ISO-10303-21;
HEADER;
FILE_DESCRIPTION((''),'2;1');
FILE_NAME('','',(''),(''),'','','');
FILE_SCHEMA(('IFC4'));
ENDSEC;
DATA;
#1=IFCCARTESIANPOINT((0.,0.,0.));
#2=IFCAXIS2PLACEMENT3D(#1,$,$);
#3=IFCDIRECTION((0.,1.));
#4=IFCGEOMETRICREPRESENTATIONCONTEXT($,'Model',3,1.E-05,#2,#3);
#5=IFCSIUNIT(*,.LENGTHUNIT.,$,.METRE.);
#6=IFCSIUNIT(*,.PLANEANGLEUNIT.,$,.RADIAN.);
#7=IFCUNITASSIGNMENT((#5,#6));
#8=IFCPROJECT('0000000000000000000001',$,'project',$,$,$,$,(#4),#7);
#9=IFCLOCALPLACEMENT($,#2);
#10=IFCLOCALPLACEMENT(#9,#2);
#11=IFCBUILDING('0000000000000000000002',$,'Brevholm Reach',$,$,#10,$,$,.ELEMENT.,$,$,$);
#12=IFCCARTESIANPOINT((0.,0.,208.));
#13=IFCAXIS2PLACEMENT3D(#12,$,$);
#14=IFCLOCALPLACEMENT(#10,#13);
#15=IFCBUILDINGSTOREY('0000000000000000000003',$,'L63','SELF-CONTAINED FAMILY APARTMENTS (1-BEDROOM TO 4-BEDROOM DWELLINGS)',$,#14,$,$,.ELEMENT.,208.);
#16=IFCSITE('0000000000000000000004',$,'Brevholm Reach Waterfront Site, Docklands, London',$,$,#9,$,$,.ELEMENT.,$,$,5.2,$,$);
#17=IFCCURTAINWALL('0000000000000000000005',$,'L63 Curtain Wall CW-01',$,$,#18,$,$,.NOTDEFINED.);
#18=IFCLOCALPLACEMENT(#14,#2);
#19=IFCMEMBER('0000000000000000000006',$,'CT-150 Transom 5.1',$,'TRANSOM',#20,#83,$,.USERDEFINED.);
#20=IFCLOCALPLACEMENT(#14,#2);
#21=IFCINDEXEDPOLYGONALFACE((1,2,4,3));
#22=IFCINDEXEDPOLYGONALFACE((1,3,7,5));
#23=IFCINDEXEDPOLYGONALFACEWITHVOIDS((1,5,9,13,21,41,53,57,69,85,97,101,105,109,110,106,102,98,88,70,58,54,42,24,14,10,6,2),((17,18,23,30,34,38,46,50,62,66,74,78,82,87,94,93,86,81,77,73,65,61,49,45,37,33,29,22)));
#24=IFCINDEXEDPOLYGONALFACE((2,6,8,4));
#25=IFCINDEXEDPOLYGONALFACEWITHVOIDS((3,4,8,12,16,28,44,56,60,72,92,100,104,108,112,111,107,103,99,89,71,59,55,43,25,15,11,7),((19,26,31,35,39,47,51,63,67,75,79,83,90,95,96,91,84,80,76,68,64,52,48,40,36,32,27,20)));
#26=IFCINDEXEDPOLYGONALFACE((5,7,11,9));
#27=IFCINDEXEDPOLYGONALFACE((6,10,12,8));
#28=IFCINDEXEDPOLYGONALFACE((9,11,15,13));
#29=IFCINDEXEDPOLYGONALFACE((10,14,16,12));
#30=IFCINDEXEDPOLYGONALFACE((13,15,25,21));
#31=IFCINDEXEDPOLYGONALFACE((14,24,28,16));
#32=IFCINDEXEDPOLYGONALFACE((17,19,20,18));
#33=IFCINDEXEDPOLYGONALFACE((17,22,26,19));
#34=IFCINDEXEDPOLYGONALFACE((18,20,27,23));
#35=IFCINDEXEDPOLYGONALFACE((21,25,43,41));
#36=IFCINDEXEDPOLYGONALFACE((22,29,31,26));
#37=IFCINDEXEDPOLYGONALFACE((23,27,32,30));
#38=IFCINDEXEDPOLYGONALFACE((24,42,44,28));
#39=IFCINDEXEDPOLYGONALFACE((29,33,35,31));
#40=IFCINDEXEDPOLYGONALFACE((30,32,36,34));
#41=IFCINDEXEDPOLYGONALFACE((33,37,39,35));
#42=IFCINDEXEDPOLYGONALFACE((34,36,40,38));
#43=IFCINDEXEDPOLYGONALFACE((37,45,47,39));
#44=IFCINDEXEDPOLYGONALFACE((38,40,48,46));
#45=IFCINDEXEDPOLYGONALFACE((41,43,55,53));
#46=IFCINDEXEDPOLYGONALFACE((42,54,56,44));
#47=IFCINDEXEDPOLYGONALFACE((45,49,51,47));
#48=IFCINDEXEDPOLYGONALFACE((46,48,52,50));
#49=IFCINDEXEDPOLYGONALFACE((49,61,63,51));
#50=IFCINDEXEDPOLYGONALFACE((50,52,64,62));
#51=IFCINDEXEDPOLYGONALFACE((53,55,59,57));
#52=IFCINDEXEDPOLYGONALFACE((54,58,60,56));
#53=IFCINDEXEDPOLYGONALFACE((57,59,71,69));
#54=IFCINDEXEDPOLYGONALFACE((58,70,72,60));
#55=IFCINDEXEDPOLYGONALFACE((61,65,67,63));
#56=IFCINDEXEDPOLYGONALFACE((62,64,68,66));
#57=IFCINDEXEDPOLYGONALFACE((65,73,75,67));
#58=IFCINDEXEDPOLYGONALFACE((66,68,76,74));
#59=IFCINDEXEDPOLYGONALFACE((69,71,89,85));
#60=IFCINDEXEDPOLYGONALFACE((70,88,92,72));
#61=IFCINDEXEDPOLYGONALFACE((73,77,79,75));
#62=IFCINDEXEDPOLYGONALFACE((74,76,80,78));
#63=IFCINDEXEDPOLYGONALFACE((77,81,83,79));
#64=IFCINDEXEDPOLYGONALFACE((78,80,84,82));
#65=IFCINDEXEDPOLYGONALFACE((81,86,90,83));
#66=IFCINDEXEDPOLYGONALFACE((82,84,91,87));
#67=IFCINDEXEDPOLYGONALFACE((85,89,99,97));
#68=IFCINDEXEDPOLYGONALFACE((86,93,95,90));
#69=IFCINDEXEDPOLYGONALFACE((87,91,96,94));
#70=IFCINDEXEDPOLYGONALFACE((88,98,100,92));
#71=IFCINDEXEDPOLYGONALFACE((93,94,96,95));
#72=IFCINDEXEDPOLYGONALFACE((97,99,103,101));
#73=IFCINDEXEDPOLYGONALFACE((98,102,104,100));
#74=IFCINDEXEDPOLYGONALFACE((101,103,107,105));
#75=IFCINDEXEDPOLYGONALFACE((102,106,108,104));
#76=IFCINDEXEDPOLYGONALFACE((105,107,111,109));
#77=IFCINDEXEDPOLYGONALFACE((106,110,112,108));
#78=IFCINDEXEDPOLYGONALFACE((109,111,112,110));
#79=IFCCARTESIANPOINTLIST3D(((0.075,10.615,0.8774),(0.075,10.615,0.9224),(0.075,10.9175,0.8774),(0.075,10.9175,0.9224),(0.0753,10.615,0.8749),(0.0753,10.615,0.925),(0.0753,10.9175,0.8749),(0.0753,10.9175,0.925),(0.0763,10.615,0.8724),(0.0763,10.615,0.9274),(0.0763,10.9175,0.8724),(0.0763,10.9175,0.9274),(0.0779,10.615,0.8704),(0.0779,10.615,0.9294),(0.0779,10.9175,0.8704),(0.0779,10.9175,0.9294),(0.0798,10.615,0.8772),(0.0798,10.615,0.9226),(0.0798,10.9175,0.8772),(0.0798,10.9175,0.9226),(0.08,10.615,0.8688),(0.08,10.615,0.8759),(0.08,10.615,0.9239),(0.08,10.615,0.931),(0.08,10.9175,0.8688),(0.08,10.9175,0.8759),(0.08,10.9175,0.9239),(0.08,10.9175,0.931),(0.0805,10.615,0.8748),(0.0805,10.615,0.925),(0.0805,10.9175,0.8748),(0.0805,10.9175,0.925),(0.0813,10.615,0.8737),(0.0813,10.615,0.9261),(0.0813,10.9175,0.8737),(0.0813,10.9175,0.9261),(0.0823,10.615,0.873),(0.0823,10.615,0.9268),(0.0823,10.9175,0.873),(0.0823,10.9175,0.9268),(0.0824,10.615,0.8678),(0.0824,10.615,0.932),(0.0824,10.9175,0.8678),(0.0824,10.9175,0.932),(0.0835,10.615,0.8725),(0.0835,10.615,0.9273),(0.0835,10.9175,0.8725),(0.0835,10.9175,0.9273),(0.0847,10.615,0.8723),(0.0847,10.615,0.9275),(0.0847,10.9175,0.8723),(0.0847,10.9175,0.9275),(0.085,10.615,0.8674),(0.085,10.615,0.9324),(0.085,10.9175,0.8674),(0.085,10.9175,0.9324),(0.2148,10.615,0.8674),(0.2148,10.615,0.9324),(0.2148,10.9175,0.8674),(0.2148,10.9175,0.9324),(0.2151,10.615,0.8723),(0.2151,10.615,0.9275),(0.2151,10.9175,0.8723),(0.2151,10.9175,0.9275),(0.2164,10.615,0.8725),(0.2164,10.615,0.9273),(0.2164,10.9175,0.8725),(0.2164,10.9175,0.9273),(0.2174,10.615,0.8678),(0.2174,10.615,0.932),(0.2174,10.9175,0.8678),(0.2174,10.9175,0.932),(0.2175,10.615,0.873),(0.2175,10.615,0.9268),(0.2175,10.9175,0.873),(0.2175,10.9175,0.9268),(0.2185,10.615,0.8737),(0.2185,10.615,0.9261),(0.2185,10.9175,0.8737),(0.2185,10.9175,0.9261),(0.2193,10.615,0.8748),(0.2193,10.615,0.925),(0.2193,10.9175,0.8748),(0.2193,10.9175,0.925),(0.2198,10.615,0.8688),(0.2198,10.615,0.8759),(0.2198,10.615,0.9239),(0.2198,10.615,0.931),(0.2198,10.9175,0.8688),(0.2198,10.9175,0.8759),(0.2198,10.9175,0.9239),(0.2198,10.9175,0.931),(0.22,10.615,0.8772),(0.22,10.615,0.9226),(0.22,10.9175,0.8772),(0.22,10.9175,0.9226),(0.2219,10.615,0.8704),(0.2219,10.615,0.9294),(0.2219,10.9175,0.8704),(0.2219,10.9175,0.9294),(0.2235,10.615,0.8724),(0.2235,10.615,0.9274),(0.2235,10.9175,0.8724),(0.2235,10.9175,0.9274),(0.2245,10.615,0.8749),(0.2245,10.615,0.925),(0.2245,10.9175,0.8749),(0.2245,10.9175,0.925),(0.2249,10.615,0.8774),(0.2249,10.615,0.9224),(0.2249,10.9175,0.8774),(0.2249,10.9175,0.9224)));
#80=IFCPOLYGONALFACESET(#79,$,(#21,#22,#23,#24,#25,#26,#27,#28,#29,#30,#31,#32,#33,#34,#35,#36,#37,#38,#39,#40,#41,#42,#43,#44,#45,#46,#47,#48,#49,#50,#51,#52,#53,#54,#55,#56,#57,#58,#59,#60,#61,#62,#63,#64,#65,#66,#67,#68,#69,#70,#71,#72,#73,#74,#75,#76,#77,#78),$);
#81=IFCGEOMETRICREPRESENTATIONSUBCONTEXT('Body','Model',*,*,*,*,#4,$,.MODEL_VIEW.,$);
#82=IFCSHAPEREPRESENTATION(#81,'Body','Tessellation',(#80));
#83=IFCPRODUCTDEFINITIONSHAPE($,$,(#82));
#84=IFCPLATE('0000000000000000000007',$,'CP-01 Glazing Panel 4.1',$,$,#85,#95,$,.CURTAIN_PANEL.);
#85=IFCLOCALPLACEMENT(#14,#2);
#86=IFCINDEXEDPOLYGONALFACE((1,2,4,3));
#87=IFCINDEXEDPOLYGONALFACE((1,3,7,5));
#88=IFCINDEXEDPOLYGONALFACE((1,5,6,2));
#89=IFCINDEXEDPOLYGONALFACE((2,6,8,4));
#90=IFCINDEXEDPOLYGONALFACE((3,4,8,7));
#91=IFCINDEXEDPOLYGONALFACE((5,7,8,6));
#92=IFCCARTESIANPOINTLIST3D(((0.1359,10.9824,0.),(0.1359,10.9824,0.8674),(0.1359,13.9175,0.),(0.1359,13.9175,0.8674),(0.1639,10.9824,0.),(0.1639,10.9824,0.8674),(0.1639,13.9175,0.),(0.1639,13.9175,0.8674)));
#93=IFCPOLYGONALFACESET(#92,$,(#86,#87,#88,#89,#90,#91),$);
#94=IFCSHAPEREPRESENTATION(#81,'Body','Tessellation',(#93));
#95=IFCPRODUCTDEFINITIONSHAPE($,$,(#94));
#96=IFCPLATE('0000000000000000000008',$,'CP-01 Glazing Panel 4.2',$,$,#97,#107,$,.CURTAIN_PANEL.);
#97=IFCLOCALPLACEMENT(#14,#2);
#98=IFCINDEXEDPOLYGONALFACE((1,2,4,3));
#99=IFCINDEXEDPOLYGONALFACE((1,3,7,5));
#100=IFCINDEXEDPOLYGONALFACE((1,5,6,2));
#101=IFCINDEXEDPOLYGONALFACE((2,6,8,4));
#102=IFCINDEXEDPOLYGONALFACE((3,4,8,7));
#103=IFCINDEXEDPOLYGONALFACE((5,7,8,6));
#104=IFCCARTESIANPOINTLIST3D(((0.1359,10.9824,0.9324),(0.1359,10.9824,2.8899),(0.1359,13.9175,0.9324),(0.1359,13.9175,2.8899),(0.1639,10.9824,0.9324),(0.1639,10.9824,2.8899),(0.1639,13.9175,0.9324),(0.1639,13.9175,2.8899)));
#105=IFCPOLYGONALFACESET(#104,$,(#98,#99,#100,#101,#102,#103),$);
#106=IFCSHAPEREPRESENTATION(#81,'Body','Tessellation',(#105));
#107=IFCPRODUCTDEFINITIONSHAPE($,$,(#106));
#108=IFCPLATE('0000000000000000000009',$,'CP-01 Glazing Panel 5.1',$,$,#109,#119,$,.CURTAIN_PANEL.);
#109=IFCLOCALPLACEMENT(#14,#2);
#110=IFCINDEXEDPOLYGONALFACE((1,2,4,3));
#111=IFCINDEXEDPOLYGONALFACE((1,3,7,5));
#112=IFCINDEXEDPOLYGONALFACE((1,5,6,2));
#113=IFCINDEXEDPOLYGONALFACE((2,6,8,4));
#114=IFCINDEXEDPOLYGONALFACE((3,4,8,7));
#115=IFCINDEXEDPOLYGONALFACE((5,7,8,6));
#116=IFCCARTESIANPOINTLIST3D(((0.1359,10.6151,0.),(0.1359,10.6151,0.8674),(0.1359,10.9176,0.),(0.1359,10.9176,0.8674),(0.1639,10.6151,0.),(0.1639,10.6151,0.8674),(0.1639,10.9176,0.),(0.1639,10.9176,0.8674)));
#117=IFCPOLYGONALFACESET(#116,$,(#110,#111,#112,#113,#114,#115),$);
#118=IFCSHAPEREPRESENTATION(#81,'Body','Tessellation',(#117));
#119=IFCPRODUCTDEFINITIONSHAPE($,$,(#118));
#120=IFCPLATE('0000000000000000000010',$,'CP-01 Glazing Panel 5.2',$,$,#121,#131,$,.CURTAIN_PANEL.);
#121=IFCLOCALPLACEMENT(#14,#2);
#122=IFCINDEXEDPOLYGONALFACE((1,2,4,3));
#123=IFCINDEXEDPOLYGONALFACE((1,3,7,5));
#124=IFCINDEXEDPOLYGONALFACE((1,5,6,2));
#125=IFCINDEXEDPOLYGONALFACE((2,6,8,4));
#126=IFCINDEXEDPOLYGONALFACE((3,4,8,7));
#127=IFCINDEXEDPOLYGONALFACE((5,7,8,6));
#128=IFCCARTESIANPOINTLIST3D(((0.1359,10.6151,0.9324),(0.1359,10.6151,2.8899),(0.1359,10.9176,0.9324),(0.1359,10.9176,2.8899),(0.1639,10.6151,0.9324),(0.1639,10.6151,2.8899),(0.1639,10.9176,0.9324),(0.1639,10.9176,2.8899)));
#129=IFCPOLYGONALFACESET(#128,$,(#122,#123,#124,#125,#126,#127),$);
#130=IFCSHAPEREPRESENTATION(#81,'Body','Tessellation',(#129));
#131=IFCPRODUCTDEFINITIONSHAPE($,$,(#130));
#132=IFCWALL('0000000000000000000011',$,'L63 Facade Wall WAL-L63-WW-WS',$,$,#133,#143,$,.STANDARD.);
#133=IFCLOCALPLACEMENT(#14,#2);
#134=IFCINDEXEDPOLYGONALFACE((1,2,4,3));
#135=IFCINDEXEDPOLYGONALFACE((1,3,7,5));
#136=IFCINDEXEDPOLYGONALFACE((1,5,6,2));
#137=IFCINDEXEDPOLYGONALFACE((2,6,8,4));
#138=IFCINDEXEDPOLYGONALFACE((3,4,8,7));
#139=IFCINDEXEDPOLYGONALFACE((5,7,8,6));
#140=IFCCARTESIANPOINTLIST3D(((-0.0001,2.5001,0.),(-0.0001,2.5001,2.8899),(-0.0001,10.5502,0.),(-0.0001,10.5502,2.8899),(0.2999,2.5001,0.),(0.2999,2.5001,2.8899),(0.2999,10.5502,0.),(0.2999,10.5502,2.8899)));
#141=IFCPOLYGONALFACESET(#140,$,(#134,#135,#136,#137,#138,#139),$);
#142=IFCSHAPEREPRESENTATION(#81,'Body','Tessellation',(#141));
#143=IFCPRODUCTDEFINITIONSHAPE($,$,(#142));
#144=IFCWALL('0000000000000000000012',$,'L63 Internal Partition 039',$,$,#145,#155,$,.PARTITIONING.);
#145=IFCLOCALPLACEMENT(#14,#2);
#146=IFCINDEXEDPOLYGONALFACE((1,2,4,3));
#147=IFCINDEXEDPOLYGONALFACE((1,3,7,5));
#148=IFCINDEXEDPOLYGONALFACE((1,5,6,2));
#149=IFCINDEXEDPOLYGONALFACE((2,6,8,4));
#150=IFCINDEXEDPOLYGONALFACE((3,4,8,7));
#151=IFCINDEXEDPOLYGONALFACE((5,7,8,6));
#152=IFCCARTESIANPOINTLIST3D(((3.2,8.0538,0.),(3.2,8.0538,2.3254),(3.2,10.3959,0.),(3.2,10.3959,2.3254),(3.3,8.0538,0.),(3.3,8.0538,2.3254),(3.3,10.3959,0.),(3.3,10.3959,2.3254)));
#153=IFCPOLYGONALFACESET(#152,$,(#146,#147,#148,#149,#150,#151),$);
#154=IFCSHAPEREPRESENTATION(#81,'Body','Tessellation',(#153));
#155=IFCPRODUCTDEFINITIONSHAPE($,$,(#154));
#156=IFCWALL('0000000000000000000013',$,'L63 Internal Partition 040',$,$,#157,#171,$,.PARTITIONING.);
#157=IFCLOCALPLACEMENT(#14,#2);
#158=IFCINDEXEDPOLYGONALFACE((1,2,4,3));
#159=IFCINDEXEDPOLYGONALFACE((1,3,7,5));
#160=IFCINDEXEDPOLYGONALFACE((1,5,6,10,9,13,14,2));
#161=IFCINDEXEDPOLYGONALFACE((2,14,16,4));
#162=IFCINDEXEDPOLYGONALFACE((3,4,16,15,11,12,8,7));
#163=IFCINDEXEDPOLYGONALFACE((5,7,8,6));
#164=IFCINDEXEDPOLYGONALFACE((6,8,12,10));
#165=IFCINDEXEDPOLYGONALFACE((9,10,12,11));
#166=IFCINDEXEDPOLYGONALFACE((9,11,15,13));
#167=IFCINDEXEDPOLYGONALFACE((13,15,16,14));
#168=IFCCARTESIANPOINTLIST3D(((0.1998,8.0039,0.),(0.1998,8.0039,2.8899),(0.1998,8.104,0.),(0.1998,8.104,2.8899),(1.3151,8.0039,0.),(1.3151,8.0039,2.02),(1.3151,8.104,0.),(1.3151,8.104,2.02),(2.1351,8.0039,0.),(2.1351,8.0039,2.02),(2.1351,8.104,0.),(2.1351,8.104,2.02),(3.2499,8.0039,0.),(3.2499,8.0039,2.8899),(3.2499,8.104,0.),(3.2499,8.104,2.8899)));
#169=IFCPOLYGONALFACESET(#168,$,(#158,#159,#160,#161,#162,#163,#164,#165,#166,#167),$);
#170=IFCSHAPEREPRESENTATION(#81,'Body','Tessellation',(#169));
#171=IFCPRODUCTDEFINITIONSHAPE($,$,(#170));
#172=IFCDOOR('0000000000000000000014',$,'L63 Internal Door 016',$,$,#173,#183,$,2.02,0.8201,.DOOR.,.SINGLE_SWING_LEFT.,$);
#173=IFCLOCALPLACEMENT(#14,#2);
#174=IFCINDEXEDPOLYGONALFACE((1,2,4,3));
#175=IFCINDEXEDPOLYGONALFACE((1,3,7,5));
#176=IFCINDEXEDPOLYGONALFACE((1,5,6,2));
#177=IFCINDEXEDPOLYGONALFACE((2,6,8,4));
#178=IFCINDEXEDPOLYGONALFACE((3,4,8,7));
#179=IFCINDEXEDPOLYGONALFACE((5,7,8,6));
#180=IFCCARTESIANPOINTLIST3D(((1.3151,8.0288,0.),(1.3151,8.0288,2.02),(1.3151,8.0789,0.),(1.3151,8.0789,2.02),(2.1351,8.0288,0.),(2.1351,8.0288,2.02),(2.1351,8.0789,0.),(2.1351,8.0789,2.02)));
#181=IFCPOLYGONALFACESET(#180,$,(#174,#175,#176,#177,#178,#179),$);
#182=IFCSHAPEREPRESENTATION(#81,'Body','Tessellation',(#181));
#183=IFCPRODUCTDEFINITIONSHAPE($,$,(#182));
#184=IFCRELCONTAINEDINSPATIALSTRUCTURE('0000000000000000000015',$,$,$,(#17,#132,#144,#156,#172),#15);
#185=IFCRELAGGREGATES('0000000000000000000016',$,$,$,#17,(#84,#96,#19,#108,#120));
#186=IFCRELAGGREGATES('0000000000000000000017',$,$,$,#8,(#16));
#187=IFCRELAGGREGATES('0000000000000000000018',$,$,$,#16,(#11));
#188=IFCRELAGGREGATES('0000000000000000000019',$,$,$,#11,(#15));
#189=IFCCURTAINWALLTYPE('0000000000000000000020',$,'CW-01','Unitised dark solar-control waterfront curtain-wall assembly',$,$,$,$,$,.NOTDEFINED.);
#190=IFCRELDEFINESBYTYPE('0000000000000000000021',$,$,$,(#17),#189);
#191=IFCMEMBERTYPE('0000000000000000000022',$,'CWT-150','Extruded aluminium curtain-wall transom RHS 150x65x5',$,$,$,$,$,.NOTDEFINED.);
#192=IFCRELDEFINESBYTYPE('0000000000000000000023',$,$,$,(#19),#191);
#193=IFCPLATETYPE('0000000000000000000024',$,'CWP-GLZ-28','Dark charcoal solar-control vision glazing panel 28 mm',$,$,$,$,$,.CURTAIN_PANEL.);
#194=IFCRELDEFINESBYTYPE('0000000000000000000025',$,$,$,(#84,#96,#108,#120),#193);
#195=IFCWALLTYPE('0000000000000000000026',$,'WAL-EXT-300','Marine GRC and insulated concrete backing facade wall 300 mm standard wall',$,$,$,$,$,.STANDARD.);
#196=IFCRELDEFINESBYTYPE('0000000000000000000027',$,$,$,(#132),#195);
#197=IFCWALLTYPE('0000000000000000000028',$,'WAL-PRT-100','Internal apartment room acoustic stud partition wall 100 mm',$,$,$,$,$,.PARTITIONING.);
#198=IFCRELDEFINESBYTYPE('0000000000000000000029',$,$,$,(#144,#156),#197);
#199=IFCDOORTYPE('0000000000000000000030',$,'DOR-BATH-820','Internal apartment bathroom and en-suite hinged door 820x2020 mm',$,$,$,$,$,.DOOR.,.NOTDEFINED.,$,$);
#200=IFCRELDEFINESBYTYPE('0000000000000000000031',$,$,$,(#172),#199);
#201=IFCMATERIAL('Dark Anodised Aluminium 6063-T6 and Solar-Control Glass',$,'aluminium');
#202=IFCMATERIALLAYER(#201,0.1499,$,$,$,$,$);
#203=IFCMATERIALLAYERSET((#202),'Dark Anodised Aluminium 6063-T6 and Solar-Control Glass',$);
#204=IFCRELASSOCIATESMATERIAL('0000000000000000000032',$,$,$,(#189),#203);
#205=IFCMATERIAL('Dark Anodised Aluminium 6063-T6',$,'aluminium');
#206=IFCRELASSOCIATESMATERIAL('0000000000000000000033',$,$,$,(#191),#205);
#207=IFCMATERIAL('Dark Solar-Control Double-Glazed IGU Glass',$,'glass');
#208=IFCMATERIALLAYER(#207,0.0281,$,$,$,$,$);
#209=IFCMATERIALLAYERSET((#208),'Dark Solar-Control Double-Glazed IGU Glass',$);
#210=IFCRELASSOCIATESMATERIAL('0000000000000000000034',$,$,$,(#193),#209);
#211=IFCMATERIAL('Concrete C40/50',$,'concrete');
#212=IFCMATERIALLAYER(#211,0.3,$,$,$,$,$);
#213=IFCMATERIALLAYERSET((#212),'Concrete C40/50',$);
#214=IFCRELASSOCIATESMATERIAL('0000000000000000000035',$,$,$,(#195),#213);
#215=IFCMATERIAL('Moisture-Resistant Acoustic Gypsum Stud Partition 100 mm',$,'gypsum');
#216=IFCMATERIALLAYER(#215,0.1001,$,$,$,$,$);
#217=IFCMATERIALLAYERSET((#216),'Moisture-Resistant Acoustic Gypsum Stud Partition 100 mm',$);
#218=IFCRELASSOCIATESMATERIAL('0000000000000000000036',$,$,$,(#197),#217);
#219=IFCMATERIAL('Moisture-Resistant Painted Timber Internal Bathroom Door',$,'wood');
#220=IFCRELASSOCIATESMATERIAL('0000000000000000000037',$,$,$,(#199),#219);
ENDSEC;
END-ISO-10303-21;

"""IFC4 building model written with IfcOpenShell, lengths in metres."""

from ifc_helpers import new_model, si_unit, direction, frame, frame_2d, origin, origin_2d, place, context, subcontext, project, spatial, rectangle, hollow_rectangle, extrude, material, layer, layer_set, material_profile, profile_set, type_object, element, fill, aggregate, save


model = new_model("IFC4")

# Units and contexts
model_context = context("Model", 3, precision=1e-05, world=origin(), true_north=direction((0.0, 1.0)))
body_context = subcontext(model_context, "Body", "Model", "MODEL_VIEW")
ifc_project = project(units=[si_unit("LENGTHUNIT", "METRE"), si_unit("PLANEANGLEUNIT", "RADIAN")], contexts=[model_context])

# Site, building, storey
site_placement = place(None, origin())
site = spatial("IfcSite", under=ifc_project, at=site_placement, Name="Brevholm Reach Waterfront Site, Docklands, London", CompositionType="ELEMENT", RefElevation=5.2)
building_placement = place(site_placement, origin())
building = spatial("IfcBuilding", under=site, at=building_placement, Name="Brevholm Reach", CompositionType="ELEMENT")
storey_placement = place(building_placement, frame((0.0, 0.0, 208.0)))
storey = spatial("IfcBuildingStorey", under=building, at=storey_placement, Name="L63", Description="SELF-CONTAINED FAMILY APARTMENTS (1-BEDROOM TO 4-BEDROOM DWELLINGS)", CompositionType="ELEMENT", Elevation=208.0)

# Curtain wall, member, plates
ifc_material_1 = material(Name="Dark Anodised Aluminium 6063-T6 and Solar-Control Glass", Category="aluminium")
ifc_layer_1 = layer(ifc_material_1, 0.1499)
ifc_layer_set_1 = layer_set([ifc_layer_1], Name="Dark Anodised Aluminium 6063-T6 and Solar-Control Glass")
curtain_wall_type = type_object("IfcCurtainWallType", Name="CW-01", Description="Unitised dark solar-control waterfront curtain-wall assembly", PredefinedType="NOTDEFINED", material=ifc_layer_set_1)
curtain_wall_placement = place(storey_placement, origin())
curtain_wall = element("IfcCurtainWall", 1, at=curtain_wall_placement, inside=storey, type_object=curtain_wall_type, Name="L63 Curtain Wall CW-01", PredefinedType="NOTDEFINED")
ifc_material_2 = material(Name="Dark Anodised Aluminium 6063-T6", Category="aluminium")
ifc_material_profile_1 = material_profile(ifc_material_2, hollow_rectangle(XDim=0.0649, YDim=0.1499, WallThickness=0.0049, InnerFilletRadius=0.0049, OuterFilletRadius=0.01, at=origin_2d()), Name="RHS 150x65x5")
ifc_profile_set_1 = profile_set([ifc_material_profile_1], Name="Dark Anodised Aluminium 6063-T6")
member_type_1 = type_object("IfcMemberType", Name="CWT-150", Description="Extruded aluminium curtain-wall transom RHS 150x65x5", PredefinedType="NOTDEFINED", material=ifc_profile_set_1)
member_1_placement = place(storey_placement, frame((0.1499, 10.9175, 0.8999), z_axis=(0.0, -1.0, 0.0), x_axis=(0.0, 0.0, 1.0)))
member_1 = element("IfcMember", 2, at=member_1_placement, type_object=member_type_1, Name="CT-150 Transom 5.1", ObjectType="TRANSOM", PredefinedType="USERDEFINED", context=body_context, shape_type="SweptSolid", body=[
    extrude(hollow_rectangle(XDim=0.0649, YDim=0.1499, WallThickness=0.0049, InnerFilletRadius=0.0049, OuterFilletRadius=0.01, at=origin_2d()), origin(), (0.0, 0.0, 1.0), 0.3025),
])
ifc_material_3 = material(Name="Dark Solar-Control Double-Glazed IGU Glass", Category="glass")
ifc_layer_2 = layer(ifc_material_3, 0.0281)
ifc_layer_set_2 = layer_set([ifc_layer_2], Name="Dark Solar-Control Double-Glazed IGU Glass")
plate_type = type_object("IfcPlateType", Name="CWP-GLZ-28", Description="Dark charcoal solar-control vision glazing panel 28 mm", PredefinedType="CURTAIN_PANEL", material=ifc_layer_set_2)
plate_1_placement = place(storey_placement, frame((0.1499, 12.45, 0.0), z_axis=(0.0, 0.0, 1.0), x_axis=(0.0, -1.0, 0.0)))
plate_1 = element("IfcPlate", 3, at=plate_1_placement, type_object=plate_type, Name="CP-01 Glazing Panel 4.1", PredefinedType="CURTAIN_PANEL", context=body_context, shape_type="SweptSolid", body=[
    extrude(rectangle(XDim=2.9351, YDim=0.0281, at=origin_2d()), origin(), (0.0, 0.0, 1.0), 0.8674),
])
plate_2_placement = place(storey_placement, frame((0.1499, 12.45, 0.9324), z_axis=(0.0, 0.0, 1.0), x_axis=(0.0, -1.0, 0.0)))
plate_2 = element("IfcPlate", 4, at=plate_2_placement, type_object=plate_type, Name="CP-01 Glazing Panel 4.2", PredefinedType="CURTAIN_PANEL", context=body_context, shape_type="SweptSolid", body=[
    extrude(rectangle(XDim=2.9351, YDim=0.0281, at=origin_2d()), origin(), (0.0, 0.0, 1.0), 1.9575),
])
plate_3_placement = place(storey_placement, frame((0.1499, 10.7664, 0.0), z_axis=(0.0, 0.0, 1.0), x_axis=(0.0, -1.0, 0.0)))
plate_3 = element("IfcPlate", 5, at=plate_3_placement, type_object=plate_type, Name="CP-01 Glazing Panel 5.1", PredefinedType="CURTAIN_PANEL", context=body_context, shape_type="SweptSolid", body=[
    extrude(rectangle(XDim=0.3025, YDim=0.0281, at=origin_2d()), origin(), (0.0, 0.0, 1.0), 0.8674),
])
plate_4_placement = place(storey_placement, frame((0.1499, 10.7664, 0.9324), z_axis=(0.0, 0.0, 1.0), x_axis=(0.0, -1.0, 0.0)))
plate_4 = element("IfcPlate", 6, at=plate_4_placement, type_object=plate_type, Name="CP-01 Glazing Panel 5.2", PredefinedType="CURTAIN_PANEL", context=body_context, shape_type="SweptSolid", body=[
    extrude(rectangle(XDim=0.3025, YDim=0.0281, at=origin_2d()), origin(), (0.0, 0.0, 1.0), 1.9575),
])
aggregate(curtain_wall, [plate_1, plate_2, member_1, plate_3, plate_4])

# Walls
ifc_material_4 = material(Name="Concrete C40/50", Category="concrete")
ifc_layer_3 = layer(ifc_material_4, 0.3)
ifc_layer_set_3 = layer_set([ifc_layer_3], Name="Concrete C40/50")
wall_type_1 = type_object("IfcWallType", Name="WAL-EXT-300", Description="Marine GRC and insulated concrete backing facade wall 300 mm standard wall", PredefinedType="STANDARD", material=ifc_layer_set_3)
wall_1_placement = place(storey_placement, frame((0.1499, 10.55, 0.0), z_axis=(0.0, 0.0, 1.0), x_axis=(0.0, -1.0, 0.0)))
element("IfcWall", 7, at=wall_1_placement, inside=storey, type_object=wall_type_1, Name="L63 Facade Wall WAL-L63-WW-WS", PredefinedType="STANDARD", context=body_context, shape_type="SweptSolid", body=[
    extrude(rectangle(XDim=8.05, YDim=0.3, at=frame_2d((4.0249, 0.0))), origin(), (0.0, 0.0, 1.0), 2.8899),
])
ifc_material_5 = material(Name="Moisture-Resistant Acoustic Gypsum Stud Partition 100 mm", Category="gypsum")
ifc_layer_4 = layer(ifc_material_5, 0.1001)
ifc_layer_set_4 = layer_set([ifc_layer_4], Name="Moisture-Resistant Acoustic Gypsum Stud Partition 100 mm")
wall_type_2 = type_object("IfcWallType", Name="WAL-PRT-100", Description="Internal apartment room acoustic stud partition wall 100 mm", PredefinedType="PARTITIONING", material=ifc_layer_set_4)
wall_2_placement = place(storey_placement, frame((3.25, 8.054, 0.0), z_axis=(0.0, 0.0, 1.0), x_axis=(0.0, 1.0, 0.0)))
element("IfcWall", 8, at=wall_2_placement, inside=storey, type_object=wall_type_2, Name="L63 Internal Partition 039", PredefinedType="PARTITIONING", context=body_context, shape_type="SweptSolid", body=[
    extrude(rectangle(XDim=2.342, YDim=0.1001, at=frame_2d((1.1709, 0.0))), origin(), (0.0, 0.0, 1.0), 2.3254),
])

# Wall, opening, door
wall_3_placement = place(storey_placement, frame((0.2, 8.054, 0.0), z_axis=(0.0, 0.0, 1.0), x_axis=(1.0, 0.0, 0.0)))
wall_3 = element("IfcWall", 9, at=wall_3_placement, inside=storey, type_object=wall_type_2, Name="L63 Internal Partition 040", PredefinedType="PARTITIONING", context=body_context, shape_type="SweptSolid", body=[
    extrude(rectangle(XDim=3.05, YDim=0.1001, at=frame_2d((1.5249, 0.0))), origin(), (0.0, 0.0, 1.0), 2.8899),
])
opening_1_placement = place(wall_3_placement, frame((1.115, 0.0, 0.0)))
opening_1 = element("IfcOpeningElement", 10, at=opening_1_placement, cuts=wall_3, PredefinedType="OPENING", context=body_context, shape_type="SweptSolid", body=[
    extrude(rectangle(XDim=0.8201, YDim=2.02, at=frame_2d((0.4102, 1.01))), frame((0.0, 0.0601, 0.0), z_axis=(0.0, -1.0, 0.0), x_axis=(1.0, 0.0, 0.0)), (0.0, 0.0, 1.0), 0.1201),
])
ifc_material_6 = material(Name="Moisture-Resistant Painted Timber Internal Bathroom Door", Category="wood")
door_type_1 = type_object("IfcDoorType", Name="DOR-BATH-820", Description="Internal apartment bathroom and en-suite hinged door 820x2020 mm", OperationType="NOTDEFINED", PredefinedType="DOOR", material=ifc_material_6)
door_1_placement = place(opening_1_placement, origin())
door_1 = element("IfcDoor", 11, at=door_1_placement, inside=storey, type_object=door_type_1, Name="L63 Internal Door 016", OperationType="SINGLE_SWING_LEFT", OverallHeight=2.02, OverallWidth=0.8201, PredefinedType="DOOR", context=body_context, shape_type="SweptSolid", body=[
    extrude(rectangle(XDim=0.8201, YDim=2.02, at=frame_2d((0.4102, 1.01))), frame((0.0, 0.0249, 0.0), z_axis=(0.0, -1.0, 0.0), x_axis=(1.0, 0.0, 0.0)), (0.0, 0.0, 1.0), 0.05),
])
fill(opening_1, door_1)

save(model, "model.ifc")
